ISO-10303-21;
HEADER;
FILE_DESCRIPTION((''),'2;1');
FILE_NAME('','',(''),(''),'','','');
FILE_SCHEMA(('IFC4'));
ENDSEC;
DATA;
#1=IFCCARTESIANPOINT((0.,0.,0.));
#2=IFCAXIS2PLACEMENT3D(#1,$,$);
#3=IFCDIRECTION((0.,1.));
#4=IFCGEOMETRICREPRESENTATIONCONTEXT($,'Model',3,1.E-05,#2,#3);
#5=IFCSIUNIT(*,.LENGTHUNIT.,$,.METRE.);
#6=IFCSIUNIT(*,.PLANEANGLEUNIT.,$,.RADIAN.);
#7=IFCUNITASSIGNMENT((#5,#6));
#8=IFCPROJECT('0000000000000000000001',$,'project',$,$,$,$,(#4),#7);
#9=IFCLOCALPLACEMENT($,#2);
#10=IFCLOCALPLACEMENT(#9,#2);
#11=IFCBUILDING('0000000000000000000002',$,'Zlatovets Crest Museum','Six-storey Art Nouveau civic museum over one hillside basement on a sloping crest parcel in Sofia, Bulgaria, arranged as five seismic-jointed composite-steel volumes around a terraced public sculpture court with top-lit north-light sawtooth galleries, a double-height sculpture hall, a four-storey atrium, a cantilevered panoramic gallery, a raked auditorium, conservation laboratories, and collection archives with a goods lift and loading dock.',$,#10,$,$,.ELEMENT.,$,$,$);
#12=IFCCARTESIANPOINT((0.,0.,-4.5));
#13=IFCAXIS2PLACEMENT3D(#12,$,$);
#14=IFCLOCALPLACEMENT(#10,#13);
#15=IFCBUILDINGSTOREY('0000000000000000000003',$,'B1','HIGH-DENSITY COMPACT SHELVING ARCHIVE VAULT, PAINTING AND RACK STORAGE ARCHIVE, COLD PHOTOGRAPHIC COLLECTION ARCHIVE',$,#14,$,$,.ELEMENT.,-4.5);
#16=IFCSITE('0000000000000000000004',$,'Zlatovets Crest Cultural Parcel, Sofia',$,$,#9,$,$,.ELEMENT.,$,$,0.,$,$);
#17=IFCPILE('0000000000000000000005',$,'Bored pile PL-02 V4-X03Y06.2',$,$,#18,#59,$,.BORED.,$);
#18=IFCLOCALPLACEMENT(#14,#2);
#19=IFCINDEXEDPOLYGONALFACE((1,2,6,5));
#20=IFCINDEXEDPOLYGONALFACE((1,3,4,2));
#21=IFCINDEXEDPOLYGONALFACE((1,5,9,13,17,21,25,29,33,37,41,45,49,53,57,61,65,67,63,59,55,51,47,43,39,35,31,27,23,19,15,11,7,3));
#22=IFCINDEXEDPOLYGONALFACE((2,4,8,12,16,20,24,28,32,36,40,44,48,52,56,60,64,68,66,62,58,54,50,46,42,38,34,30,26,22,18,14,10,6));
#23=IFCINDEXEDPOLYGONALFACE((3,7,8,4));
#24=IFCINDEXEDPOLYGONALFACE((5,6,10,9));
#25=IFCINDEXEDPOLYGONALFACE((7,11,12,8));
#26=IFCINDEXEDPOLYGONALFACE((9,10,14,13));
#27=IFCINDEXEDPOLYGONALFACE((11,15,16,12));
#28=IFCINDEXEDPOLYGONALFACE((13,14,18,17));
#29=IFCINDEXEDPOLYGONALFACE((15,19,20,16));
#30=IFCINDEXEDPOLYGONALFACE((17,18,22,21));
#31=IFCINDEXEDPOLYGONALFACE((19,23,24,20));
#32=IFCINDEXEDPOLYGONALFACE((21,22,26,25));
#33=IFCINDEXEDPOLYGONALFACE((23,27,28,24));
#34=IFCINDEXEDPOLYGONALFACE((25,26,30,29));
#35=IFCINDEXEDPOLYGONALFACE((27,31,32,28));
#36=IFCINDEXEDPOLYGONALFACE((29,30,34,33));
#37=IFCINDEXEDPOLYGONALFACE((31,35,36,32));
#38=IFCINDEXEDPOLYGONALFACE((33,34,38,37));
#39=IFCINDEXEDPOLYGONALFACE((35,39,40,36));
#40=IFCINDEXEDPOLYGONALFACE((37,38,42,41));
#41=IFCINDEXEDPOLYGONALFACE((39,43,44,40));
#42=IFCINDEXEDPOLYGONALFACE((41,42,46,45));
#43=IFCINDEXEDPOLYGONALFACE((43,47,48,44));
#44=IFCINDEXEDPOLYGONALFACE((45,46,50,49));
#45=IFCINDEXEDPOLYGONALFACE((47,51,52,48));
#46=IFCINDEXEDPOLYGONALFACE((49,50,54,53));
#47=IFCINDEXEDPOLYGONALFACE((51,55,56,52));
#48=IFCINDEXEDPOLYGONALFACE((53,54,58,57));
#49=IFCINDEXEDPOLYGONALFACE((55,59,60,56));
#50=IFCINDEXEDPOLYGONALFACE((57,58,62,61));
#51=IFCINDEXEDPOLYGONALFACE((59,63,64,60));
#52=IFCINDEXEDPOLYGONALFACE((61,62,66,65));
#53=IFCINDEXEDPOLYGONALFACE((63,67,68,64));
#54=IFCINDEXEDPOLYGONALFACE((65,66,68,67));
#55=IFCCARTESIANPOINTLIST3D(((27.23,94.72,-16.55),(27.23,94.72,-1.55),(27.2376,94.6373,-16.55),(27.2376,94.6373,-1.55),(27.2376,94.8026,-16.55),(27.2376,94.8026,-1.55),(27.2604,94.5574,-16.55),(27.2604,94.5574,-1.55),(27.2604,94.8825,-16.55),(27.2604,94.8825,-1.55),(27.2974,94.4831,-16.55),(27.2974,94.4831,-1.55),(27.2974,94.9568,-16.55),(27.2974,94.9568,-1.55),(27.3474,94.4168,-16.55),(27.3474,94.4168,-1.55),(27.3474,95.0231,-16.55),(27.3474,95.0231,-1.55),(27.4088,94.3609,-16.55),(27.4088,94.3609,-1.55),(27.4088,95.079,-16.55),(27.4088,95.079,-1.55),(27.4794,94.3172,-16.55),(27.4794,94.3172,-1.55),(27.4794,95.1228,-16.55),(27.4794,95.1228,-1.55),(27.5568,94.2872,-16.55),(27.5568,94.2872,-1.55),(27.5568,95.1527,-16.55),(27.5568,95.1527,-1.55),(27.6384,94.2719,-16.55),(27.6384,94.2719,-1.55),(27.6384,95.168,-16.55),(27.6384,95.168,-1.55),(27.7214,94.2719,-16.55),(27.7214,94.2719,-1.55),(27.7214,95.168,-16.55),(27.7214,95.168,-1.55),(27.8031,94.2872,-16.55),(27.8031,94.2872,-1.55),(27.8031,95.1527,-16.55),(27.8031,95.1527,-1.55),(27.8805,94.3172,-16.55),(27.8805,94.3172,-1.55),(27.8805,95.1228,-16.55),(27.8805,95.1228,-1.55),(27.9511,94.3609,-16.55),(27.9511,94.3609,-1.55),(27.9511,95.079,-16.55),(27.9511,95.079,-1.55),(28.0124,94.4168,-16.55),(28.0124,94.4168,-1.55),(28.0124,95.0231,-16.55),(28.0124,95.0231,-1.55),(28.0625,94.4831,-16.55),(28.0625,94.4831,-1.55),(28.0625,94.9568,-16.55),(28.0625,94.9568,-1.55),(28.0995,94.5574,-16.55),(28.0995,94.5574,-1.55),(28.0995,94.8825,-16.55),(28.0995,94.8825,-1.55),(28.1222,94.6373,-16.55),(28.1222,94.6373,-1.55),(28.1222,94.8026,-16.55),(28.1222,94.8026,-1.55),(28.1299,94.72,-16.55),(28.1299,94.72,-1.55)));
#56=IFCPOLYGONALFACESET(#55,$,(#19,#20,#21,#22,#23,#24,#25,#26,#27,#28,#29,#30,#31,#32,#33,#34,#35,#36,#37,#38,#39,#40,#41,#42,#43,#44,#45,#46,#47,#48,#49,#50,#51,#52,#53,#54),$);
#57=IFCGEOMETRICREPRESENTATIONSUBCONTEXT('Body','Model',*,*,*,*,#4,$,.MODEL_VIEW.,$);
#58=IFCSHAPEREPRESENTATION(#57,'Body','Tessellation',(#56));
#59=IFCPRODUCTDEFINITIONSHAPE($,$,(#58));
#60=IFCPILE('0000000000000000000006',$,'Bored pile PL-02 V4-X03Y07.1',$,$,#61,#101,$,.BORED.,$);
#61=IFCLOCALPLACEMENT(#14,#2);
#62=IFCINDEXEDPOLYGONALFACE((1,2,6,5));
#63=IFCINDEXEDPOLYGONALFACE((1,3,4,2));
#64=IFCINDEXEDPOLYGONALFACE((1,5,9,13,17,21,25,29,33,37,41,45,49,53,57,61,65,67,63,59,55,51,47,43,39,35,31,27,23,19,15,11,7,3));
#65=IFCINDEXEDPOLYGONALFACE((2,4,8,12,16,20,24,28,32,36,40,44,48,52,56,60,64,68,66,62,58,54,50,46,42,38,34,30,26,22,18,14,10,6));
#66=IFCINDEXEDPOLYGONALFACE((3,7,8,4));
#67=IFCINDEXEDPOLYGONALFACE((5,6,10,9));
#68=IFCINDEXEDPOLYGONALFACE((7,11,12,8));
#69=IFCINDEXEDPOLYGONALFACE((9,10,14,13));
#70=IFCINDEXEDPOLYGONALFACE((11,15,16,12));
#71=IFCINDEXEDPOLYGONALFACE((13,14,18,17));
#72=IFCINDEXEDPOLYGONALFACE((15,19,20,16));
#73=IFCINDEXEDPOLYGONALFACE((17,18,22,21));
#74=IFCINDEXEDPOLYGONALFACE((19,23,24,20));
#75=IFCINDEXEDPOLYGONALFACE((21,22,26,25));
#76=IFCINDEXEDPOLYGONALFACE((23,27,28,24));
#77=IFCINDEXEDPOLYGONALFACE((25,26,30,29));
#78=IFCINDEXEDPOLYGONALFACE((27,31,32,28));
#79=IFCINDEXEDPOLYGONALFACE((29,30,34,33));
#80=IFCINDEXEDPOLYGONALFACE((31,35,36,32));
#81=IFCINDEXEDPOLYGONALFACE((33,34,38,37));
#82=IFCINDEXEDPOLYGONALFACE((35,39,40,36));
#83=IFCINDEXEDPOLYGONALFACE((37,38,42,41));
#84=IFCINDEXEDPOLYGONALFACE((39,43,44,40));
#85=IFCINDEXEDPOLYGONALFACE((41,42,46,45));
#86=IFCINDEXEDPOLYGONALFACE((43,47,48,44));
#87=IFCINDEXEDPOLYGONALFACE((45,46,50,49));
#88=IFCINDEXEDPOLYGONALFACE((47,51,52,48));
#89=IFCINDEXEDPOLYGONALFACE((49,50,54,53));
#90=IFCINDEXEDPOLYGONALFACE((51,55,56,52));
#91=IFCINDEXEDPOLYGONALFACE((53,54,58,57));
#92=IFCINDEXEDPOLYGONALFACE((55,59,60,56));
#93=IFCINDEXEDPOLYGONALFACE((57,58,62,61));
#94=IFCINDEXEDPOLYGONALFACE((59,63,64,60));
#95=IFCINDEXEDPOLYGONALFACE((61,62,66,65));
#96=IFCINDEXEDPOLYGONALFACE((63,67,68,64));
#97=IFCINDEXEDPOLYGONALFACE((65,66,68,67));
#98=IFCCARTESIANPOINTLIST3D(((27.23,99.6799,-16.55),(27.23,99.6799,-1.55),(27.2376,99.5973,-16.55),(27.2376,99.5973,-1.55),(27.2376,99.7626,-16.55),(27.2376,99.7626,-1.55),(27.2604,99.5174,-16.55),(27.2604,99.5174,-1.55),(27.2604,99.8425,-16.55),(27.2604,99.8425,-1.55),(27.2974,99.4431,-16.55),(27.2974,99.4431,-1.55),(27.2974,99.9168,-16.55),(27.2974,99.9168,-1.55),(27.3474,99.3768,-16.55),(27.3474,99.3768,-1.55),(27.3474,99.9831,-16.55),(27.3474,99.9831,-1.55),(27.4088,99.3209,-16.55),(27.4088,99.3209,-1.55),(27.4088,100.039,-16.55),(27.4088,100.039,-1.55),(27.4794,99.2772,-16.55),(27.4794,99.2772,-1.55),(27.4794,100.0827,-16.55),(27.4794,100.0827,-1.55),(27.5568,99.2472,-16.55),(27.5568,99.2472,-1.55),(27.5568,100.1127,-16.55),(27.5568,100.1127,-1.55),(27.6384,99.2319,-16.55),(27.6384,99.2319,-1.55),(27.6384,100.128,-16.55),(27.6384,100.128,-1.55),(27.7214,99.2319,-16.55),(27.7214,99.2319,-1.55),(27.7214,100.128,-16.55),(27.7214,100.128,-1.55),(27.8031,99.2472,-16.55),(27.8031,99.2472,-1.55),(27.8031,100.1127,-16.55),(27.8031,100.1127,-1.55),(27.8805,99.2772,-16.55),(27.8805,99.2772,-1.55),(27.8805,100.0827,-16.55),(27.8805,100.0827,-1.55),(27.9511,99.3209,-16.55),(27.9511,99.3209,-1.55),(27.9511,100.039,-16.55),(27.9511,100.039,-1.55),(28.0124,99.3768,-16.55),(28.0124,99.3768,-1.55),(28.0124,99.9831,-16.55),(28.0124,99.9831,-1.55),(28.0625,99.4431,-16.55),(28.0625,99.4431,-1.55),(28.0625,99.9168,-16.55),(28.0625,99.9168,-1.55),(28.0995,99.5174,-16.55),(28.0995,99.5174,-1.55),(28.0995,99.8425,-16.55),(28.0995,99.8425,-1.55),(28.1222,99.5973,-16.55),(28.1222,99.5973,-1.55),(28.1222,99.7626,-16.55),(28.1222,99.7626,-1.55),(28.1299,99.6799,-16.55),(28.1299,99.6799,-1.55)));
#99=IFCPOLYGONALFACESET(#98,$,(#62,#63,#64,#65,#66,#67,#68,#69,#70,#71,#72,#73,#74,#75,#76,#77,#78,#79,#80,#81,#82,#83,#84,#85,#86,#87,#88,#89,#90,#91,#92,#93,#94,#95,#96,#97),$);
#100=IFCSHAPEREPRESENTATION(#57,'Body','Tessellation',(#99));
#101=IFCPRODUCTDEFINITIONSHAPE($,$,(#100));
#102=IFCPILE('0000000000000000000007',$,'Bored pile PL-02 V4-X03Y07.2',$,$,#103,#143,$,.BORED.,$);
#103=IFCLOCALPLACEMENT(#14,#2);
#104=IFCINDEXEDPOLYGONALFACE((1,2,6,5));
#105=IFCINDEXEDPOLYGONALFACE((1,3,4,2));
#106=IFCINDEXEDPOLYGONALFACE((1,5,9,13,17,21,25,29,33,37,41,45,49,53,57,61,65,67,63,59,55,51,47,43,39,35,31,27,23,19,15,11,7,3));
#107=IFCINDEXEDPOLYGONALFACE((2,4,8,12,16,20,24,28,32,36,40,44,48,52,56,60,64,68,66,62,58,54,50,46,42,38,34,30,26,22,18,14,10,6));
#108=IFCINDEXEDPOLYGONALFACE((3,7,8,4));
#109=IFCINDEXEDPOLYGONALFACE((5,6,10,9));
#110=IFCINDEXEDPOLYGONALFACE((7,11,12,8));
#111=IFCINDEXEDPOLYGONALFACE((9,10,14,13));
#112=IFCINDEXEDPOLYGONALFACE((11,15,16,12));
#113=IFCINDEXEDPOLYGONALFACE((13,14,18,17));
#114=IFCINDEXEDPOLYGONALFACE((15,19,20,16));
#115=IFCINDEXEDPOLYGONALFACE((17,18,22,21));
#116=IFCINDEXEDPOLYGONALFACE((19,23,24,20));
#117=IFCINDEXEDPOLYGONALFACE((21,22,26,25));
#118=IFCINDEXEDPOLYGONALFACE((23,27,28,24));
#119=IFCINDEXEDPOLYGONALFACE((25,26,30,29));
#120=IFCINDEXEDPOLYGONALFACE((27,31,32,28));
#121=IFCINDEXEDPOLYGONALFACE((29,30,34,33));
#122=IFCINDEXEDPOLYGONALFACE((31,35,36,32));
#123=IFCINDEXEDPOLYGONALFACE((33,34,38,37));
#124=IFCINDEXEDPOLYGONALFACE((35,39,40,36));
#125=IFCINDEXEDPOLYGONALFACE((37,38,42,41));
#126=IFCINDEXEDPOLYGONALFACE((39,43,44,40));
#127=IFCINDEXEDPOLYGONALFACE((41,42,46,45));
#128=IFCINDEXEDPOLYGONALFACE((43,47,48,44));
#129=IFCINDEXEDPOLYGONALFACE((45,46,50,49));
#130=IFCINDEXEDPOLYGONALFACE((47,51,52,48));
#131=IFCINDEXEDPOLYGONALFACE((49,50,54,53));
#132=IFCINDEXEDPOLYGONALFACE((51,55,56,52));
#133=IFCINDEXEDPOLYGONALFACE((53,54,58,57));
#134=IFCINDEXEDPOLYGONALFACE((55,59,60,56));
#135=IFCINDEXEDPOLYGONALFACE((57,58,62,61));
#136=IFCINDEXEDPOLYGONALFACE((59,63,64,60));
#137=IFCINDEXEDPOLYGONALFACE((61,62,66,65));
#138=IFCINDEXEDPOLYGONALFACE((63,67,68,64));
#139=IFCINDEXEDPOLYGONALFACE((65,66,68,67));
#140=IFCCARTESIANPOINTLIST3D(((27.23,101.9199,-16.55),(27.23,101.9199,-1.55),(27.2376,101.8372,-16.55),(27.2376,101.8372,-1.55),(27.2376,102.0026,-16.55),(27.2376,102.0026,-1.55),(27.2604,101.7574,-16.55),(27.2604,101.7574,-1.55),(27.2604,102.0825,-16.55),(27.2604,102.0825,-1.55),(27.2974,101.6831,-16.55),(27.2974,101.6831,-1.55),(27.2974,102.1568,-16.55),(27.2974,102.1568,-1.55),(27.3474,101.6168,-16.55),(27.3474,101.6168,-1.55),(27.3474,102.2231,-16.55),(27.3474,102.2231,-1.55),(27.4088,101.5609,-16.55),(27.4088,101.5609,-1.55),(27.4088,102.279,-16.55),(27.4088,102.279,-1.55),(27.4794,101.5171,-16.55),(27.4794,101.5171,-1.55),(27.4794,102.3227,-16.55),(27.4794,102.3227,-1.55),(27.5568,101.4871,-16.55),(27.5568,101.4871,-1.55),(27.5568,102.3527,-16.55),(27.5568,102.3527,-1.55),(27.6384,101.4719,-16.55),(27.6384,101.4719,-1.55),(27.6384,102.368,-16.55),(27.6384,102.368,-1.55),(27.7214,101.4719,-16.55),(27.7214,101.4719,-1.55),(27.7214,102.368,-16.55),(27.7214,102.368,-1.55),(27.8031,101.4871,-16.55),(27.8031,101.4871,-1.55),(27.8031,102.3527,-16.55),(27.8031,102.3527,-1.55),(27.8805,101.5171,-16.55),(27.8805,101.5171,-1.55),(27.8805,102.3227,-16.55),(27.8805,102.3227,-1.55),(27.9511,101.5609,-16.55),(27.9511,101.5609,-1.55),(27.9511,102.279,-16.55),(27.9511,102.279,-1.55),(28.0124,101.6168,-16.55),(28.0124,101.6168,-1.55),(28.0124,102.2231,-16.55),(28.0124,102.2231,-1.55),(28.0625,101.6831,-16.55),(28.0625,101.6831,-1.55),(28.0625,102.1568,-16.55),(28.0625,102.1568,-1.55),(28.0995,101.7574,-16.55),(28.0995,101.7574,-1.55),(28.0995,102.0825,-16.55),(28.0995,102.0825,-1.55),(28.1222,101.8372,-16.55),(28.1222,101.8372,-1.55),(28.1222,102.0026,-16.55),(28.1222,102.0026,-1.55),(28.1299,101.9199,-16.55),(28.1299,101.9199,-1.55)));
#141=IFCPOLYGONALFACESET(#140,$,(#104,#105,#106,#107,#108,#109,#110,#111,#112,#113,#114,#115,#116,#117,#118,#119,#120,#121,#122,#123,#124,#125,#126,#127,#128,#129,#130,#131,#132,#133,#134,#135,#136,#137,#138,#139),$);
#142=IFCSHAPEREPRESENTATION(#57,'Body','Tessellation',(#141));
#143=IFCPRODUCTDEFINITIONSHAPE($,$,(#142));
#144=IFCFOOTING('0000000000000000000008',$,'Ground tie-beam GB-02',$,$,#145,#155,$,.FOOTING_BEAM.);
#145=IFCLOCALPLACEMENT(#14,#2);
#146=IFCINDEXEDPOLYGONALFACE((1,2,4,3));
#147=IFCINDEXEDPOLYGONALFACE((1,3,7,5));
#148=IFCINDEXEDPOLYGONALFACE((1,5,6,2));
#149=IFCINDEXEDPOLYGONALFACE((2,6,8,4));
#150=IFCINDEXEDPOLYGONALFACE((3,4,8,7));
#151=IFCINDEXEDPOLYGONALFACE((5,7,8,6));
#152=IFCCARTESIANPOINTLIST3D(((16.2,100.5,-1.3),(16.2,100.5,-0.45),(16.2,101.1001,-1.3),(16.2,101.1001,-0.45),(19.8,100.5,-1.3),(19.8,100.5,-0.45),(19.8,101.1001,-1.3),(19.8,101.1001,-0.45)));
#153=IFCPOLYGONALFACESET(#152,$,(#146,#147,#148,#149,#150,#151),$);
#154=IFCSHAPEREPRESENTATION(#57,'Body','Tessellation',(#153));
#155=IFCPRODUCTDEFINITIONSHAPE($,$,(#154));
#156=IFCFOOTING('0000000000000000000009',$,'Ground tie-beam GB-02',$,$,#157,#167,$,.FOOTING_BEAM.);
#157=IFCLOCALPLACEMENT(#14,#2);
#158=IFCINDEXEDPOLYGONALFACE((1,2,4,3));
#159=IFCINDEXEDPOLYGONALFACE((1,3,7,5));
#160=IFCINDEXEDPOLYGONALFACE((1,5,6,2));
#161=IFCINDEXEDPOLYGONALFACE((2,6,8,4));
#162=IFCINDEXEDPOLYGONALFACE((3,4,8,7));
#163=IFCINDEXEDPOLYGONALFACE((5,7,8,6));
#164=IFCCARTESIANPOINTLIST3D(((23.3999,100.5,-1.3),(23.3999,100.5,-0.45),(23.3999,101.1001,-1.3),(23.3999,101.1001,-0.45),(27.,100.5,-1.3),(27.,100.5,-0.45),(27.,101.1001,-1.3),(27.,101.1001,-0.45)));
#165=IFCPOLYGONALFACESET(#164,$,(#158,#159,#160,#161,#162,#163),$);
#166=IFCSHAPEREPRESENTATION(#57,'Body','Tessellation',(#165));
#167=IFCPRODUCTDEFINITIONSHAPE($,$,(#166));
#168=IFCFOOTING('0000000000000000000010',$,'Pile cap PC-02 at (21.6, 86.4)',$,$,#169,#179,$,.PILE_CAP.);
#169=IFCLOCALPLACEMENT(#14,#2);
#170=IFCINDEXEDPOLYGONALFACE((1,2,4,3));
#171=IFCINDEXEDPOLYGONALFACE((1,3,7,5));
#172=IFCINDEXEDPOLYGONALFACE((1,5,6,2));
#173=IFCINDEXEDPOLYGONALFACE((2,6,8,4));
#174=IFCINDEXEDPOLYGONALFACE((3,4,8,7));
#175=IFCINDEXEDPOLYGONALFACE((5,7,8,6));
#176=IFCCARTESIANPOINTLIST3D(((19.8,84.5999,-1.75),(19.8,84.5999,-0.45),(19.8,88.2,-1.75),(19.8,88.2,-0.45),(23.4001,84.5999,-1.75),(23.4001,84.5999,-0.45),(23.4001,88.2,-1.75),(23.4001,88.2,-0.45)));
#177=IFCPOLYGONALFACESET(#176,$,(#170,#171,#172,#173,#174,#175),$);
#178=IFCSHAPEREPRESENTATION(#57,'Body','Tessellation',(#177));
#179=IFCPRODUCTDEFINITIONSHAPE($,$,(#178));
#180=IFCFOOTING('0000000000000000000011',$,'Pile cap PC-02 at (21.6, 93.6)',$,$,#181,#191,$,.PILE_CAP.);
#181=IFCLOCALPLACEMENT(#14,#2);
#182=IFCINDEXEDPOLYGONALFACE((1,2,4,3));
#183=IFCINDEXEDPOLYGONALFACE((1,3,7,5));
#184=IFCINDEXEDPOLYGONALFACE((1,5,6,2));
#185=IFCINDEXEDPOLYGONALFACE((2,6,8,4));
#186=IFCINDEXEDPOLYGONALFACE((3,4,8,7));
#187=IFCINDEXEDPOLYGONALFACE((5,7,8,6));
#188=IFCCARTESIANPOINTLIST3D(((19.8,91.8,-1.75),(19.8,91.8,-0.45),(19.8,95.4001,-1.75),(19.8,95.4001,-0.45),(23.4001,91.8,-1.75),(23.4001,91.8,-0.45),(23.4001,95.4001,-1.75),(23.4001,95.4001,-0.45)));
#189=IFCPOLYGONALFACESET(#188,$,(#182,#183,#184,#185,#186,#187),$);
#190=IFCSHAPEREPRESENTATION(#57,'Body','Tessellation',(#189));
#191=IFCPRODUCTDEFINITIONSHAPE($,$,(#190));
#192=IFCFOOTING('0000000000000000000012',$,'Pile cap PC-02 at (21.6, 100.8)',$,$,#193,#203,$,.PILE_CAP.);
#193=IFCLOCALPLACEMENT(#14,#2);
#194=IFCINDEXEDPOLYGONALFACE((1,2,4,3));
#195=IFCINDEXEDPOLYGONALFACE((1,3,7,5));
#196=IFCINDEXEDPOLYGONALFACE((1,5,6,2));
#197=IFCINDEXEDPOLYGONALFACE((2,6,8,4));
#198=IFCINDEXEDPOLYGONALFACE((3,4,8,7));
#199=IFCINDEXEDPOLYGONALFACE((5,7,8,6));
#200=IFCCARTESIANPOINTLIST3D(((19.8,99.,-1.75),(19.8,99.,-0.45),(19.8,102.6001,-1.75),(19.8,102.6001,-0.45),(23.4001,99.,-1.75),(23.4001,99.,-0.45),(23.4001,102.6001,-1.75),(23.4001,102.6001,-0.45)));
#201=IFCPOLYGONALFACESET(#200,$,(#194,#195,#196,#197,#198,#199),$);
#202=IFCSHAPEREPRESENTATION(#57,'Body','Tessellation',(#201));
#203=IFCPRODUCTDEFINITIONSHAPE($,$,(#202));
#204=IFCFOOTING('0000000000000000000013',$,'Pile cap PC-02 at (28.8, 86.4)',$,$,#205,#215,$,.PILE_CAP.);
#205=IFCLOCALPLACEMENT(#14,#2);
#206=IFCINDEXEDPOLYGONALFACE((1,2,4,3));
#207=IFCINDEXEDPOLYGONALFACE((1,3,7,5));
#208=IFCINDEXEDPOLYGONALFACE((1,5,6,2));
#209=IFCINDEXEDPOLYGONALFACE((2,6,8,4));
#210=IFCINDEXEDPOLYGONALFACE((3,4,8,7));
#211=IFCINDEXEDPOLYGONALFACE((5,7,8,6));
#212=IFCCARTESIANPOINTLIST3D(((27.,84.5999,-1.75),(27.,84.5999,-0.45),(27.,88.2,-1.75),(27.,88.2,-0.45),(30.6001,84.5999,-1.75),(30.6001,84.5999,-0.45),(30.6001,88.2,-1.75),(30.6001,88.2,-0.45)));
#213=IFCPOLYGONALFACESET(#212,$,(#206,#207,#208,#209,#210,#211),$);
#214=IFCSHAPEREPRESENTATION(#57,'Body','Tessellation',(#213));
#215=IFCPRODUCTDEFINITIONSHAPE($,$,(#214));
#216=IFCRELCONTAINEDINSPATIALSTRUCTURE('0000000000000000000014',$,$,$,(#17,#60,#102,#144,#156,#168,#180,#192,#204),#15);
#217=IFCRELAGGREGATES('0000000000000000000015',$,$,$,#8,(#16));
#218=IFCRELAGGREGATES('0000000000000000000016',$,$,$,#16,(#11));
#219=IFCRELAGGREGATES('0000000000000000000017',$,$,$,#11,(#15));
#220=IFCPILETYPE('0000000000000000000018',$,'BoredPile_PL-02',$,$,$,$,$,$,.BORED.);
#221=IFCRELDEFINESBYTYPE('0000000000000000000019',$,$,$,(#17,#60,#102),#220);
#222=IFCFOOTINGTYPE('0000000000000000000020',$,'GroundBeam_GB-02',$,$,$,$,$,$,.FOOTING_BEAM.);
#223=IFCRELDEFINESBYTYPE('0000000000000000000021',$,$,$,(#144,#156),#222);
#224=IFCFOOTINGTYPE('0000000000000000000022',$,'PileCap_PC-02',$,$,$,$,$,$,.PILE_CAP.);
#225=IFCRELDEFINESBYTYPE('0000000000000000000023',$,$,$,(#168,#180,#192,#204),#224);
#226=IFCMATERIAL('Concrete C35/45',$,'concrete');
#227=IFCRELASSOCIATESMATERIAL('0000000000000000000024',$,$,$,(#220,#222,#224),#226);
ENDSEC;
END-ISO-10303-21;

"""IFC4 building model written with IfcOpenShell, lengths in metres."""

from ifc_helpers import new_model, si_unit, direction, frame, origin, origin_2d, place, context, subcontext, project, spatial, rectangle, circle, extrude, material, material_profile, profile_set, type_object, element, save


model = new_model("IFC4")

# Units and contexts
model_context = context("Model", 3, precision=1e-05, world=origin(), true_north=direction((0.0, 1.0)))
body_context = subcontext(model_context, "Body", "Model", "MODEL_VIEW")
ifc_project = project(units=[si_unit("LENGTHUNIT", "METRE"), si_unit("PLANEANGLEUNIT", "RADIAN")], contexts=[model_context])

# Site, building, storey
site_placement = place(None, origin())
site = spatial("IfcSite", under=ifc_project, at=site_placement, Name="Zlatovets Crest Cultural Parcel, Sofia", CompositionType="ELEMENT", RefElevation=0.0)
building_placement = place(site_placement, origin())
building = spatial("IfcBuilding", under=site, at=building_placement, Name="Zlatovets Crest Museum", Description="Six-storey Art Nouveau civic museum over one hillside basement on a sloping crest parcel in Sofia, Bulgaria, arranged as five seismic-jointed composite-steel volumes around a terraced public sculpture court with top-lit north-light sawtooth galleries, a double-height sculpture hall, a four-storey atrium, a cantilevered panoramic gallery, a raked auditorium, conservation laboratories, and collection archives with a goods lift and loading dock.", CompositionType="ELEMENT")
storey_placement = place(building_placement, frame((0.0, 0.0, -4.5)))
storey = spatial("IfcBuildingStorey", under=building, at=storey_placement, Name="B1", Description="HIGH-DENSITY COMPACT SHELVING ARCHIVE VAULT, PAINTING AND RACK STORAGE ARCHIVE, COLD PHOTOGRAPHIC COLLECTION ARCHIVE", CompositionType="ELEMENT", Elevation=-4.5)

# Piles
ifc_material = material(Name="Concrete C35/45", Category="concrete")
ifc_material_profile_1 = material_profile(ifc_material, circle(Radius=0.45, at=origin_2d()), Name="PILE D900")
ifc_profile_set_1 = profile_set([ifc_material_profile_1], Name="Concrete C35/45")
pile_type = type_object("IfcPileType", Name="BoredPile_PL-02", PredefinedType="BORED", material=ifc_profile_set_1)
for number, where, z_axis, x_axis, name in (
    (1, (27.6799, 94.72, -1.55), (0.0, 0.0, -1.0), (1.0, 0.0, 0.0), "Bored pile PL-02 V4-X03Y06.2"),
    (2, (27.6799, 99.6799, -1.55), (0.0, 0.0, -1.0), (1.0, 0.0, 0.0), "Bored pile PL-02 V4-X03Y07.1"),
    (3, (27.6799, 101.9199, -1.55), (0.0, 0.0, -1.0), (1.0, 0.0, 0.0), "Bored pile PL-02 V4-X03Y07.2"),
):
    element("IfcPile", number, at=place(storey_placement, frame(where, z_axis=z_axis, x_axis=x_axis)), inside=storey, type_object=pile_type, Name=name, PredefinedType="BORED", context=body_context, shape_type="SweptSolid", body=[
        extrude(circle(Radius=0.45, at=origin_2d()), origin(), (0.0, 0.0, 1.0), 15.0),
    ])

# Footings
ifc_material_profile_2 = material_profile(ifc_material, rectangle(XDim=0.6001, YDim=0.8501, at=origin_2d()), Name="RC 600x850")
ifc_profile_set_2 = profile_set([ifc_material_profile_2], Name="Concrete C35/45")
footing_type_1 = type_object("IfcFootingType", Name="GroundBeam_GB-02", PredefinedType="FOOTING_BEAM", material=ifc_profile_set_2)
for number, where, z_axis, x_axis, name in (
    (4, (16.2, 100.8, -0.875), (1.0, 0.0, 0.0), (0.0, 1.0, 0.0), "Ground tie-beam GB-02"),
    (5, (23.3999, 100.8, -0.875), (1.0, 0.0, 0.0), (0.0, 1.0, 0.0), "Ground tie-beam GB-02"),
):
    element("IfcFooting", number, at=place(storey_placement, frame(where, z_axis=z_axis, x_axis=x_axis)), inside=storey, type_object=footing_type_1, Name=name, PredefinedType="FOOTING_BEAM", context=body_context, shape_type="SweptSolid", body=[
        extrude(rectangle(XDim=0.6001, YDim=0.8501, at=origin_2d()), origin(), (0.0, 0.0, 1.0), 3.6001),
    ])
footing_type_2 = type_object("IfcFootingType", Name="PileCap_PC-02", PredefinedType="PILE_CAP", material=ifc_material)
for number, where, z_axis, x_axis, name in (
    (6, (21.6001, 86.3999, -1.75), (0.0, 0.0, 1.0), (1.0, 0.0, 0.0), "Pile cap PC-02 at (21.6, 86.4)"),
    (7, (21.6001, 93.6001, -1.75), (0.0, 0.0, 1.0), (1.0, 0.0, 0.0), "Pile cap PC-02 at (21.6, 93.6)"),
    (8, (21.6001, 100.8, -1.75), (0.0, 0.0, 1.0), (1.0, 0.0, 0.0), "Pile cap PC-02 at (21.6, 100.8)"),
    (9, (28.8, 86.3999, -1.75), (0.0, 0.0, 1.0), (1.0, 0.0, 0.0), "Pile cap PC-02 at (28.8, 86.4)"),
):
    element("IfcFooting", number, at=place(storey_placement, frame(where, z_axis=z_axis, x_axis=x_axis)), inside=storey, type_object=footing_type_2, Name=name, PredefinedType="PILE_CAP", context=body_context, shape_type="SweptSolid", body=[
        extrude(rectangle(XDim=3.6001, YDim=3.6001, at=origin_2d()), origin(), (0.0, 0.0, 1.0), 1.3),
    ])

save(model, "model.ifc")
